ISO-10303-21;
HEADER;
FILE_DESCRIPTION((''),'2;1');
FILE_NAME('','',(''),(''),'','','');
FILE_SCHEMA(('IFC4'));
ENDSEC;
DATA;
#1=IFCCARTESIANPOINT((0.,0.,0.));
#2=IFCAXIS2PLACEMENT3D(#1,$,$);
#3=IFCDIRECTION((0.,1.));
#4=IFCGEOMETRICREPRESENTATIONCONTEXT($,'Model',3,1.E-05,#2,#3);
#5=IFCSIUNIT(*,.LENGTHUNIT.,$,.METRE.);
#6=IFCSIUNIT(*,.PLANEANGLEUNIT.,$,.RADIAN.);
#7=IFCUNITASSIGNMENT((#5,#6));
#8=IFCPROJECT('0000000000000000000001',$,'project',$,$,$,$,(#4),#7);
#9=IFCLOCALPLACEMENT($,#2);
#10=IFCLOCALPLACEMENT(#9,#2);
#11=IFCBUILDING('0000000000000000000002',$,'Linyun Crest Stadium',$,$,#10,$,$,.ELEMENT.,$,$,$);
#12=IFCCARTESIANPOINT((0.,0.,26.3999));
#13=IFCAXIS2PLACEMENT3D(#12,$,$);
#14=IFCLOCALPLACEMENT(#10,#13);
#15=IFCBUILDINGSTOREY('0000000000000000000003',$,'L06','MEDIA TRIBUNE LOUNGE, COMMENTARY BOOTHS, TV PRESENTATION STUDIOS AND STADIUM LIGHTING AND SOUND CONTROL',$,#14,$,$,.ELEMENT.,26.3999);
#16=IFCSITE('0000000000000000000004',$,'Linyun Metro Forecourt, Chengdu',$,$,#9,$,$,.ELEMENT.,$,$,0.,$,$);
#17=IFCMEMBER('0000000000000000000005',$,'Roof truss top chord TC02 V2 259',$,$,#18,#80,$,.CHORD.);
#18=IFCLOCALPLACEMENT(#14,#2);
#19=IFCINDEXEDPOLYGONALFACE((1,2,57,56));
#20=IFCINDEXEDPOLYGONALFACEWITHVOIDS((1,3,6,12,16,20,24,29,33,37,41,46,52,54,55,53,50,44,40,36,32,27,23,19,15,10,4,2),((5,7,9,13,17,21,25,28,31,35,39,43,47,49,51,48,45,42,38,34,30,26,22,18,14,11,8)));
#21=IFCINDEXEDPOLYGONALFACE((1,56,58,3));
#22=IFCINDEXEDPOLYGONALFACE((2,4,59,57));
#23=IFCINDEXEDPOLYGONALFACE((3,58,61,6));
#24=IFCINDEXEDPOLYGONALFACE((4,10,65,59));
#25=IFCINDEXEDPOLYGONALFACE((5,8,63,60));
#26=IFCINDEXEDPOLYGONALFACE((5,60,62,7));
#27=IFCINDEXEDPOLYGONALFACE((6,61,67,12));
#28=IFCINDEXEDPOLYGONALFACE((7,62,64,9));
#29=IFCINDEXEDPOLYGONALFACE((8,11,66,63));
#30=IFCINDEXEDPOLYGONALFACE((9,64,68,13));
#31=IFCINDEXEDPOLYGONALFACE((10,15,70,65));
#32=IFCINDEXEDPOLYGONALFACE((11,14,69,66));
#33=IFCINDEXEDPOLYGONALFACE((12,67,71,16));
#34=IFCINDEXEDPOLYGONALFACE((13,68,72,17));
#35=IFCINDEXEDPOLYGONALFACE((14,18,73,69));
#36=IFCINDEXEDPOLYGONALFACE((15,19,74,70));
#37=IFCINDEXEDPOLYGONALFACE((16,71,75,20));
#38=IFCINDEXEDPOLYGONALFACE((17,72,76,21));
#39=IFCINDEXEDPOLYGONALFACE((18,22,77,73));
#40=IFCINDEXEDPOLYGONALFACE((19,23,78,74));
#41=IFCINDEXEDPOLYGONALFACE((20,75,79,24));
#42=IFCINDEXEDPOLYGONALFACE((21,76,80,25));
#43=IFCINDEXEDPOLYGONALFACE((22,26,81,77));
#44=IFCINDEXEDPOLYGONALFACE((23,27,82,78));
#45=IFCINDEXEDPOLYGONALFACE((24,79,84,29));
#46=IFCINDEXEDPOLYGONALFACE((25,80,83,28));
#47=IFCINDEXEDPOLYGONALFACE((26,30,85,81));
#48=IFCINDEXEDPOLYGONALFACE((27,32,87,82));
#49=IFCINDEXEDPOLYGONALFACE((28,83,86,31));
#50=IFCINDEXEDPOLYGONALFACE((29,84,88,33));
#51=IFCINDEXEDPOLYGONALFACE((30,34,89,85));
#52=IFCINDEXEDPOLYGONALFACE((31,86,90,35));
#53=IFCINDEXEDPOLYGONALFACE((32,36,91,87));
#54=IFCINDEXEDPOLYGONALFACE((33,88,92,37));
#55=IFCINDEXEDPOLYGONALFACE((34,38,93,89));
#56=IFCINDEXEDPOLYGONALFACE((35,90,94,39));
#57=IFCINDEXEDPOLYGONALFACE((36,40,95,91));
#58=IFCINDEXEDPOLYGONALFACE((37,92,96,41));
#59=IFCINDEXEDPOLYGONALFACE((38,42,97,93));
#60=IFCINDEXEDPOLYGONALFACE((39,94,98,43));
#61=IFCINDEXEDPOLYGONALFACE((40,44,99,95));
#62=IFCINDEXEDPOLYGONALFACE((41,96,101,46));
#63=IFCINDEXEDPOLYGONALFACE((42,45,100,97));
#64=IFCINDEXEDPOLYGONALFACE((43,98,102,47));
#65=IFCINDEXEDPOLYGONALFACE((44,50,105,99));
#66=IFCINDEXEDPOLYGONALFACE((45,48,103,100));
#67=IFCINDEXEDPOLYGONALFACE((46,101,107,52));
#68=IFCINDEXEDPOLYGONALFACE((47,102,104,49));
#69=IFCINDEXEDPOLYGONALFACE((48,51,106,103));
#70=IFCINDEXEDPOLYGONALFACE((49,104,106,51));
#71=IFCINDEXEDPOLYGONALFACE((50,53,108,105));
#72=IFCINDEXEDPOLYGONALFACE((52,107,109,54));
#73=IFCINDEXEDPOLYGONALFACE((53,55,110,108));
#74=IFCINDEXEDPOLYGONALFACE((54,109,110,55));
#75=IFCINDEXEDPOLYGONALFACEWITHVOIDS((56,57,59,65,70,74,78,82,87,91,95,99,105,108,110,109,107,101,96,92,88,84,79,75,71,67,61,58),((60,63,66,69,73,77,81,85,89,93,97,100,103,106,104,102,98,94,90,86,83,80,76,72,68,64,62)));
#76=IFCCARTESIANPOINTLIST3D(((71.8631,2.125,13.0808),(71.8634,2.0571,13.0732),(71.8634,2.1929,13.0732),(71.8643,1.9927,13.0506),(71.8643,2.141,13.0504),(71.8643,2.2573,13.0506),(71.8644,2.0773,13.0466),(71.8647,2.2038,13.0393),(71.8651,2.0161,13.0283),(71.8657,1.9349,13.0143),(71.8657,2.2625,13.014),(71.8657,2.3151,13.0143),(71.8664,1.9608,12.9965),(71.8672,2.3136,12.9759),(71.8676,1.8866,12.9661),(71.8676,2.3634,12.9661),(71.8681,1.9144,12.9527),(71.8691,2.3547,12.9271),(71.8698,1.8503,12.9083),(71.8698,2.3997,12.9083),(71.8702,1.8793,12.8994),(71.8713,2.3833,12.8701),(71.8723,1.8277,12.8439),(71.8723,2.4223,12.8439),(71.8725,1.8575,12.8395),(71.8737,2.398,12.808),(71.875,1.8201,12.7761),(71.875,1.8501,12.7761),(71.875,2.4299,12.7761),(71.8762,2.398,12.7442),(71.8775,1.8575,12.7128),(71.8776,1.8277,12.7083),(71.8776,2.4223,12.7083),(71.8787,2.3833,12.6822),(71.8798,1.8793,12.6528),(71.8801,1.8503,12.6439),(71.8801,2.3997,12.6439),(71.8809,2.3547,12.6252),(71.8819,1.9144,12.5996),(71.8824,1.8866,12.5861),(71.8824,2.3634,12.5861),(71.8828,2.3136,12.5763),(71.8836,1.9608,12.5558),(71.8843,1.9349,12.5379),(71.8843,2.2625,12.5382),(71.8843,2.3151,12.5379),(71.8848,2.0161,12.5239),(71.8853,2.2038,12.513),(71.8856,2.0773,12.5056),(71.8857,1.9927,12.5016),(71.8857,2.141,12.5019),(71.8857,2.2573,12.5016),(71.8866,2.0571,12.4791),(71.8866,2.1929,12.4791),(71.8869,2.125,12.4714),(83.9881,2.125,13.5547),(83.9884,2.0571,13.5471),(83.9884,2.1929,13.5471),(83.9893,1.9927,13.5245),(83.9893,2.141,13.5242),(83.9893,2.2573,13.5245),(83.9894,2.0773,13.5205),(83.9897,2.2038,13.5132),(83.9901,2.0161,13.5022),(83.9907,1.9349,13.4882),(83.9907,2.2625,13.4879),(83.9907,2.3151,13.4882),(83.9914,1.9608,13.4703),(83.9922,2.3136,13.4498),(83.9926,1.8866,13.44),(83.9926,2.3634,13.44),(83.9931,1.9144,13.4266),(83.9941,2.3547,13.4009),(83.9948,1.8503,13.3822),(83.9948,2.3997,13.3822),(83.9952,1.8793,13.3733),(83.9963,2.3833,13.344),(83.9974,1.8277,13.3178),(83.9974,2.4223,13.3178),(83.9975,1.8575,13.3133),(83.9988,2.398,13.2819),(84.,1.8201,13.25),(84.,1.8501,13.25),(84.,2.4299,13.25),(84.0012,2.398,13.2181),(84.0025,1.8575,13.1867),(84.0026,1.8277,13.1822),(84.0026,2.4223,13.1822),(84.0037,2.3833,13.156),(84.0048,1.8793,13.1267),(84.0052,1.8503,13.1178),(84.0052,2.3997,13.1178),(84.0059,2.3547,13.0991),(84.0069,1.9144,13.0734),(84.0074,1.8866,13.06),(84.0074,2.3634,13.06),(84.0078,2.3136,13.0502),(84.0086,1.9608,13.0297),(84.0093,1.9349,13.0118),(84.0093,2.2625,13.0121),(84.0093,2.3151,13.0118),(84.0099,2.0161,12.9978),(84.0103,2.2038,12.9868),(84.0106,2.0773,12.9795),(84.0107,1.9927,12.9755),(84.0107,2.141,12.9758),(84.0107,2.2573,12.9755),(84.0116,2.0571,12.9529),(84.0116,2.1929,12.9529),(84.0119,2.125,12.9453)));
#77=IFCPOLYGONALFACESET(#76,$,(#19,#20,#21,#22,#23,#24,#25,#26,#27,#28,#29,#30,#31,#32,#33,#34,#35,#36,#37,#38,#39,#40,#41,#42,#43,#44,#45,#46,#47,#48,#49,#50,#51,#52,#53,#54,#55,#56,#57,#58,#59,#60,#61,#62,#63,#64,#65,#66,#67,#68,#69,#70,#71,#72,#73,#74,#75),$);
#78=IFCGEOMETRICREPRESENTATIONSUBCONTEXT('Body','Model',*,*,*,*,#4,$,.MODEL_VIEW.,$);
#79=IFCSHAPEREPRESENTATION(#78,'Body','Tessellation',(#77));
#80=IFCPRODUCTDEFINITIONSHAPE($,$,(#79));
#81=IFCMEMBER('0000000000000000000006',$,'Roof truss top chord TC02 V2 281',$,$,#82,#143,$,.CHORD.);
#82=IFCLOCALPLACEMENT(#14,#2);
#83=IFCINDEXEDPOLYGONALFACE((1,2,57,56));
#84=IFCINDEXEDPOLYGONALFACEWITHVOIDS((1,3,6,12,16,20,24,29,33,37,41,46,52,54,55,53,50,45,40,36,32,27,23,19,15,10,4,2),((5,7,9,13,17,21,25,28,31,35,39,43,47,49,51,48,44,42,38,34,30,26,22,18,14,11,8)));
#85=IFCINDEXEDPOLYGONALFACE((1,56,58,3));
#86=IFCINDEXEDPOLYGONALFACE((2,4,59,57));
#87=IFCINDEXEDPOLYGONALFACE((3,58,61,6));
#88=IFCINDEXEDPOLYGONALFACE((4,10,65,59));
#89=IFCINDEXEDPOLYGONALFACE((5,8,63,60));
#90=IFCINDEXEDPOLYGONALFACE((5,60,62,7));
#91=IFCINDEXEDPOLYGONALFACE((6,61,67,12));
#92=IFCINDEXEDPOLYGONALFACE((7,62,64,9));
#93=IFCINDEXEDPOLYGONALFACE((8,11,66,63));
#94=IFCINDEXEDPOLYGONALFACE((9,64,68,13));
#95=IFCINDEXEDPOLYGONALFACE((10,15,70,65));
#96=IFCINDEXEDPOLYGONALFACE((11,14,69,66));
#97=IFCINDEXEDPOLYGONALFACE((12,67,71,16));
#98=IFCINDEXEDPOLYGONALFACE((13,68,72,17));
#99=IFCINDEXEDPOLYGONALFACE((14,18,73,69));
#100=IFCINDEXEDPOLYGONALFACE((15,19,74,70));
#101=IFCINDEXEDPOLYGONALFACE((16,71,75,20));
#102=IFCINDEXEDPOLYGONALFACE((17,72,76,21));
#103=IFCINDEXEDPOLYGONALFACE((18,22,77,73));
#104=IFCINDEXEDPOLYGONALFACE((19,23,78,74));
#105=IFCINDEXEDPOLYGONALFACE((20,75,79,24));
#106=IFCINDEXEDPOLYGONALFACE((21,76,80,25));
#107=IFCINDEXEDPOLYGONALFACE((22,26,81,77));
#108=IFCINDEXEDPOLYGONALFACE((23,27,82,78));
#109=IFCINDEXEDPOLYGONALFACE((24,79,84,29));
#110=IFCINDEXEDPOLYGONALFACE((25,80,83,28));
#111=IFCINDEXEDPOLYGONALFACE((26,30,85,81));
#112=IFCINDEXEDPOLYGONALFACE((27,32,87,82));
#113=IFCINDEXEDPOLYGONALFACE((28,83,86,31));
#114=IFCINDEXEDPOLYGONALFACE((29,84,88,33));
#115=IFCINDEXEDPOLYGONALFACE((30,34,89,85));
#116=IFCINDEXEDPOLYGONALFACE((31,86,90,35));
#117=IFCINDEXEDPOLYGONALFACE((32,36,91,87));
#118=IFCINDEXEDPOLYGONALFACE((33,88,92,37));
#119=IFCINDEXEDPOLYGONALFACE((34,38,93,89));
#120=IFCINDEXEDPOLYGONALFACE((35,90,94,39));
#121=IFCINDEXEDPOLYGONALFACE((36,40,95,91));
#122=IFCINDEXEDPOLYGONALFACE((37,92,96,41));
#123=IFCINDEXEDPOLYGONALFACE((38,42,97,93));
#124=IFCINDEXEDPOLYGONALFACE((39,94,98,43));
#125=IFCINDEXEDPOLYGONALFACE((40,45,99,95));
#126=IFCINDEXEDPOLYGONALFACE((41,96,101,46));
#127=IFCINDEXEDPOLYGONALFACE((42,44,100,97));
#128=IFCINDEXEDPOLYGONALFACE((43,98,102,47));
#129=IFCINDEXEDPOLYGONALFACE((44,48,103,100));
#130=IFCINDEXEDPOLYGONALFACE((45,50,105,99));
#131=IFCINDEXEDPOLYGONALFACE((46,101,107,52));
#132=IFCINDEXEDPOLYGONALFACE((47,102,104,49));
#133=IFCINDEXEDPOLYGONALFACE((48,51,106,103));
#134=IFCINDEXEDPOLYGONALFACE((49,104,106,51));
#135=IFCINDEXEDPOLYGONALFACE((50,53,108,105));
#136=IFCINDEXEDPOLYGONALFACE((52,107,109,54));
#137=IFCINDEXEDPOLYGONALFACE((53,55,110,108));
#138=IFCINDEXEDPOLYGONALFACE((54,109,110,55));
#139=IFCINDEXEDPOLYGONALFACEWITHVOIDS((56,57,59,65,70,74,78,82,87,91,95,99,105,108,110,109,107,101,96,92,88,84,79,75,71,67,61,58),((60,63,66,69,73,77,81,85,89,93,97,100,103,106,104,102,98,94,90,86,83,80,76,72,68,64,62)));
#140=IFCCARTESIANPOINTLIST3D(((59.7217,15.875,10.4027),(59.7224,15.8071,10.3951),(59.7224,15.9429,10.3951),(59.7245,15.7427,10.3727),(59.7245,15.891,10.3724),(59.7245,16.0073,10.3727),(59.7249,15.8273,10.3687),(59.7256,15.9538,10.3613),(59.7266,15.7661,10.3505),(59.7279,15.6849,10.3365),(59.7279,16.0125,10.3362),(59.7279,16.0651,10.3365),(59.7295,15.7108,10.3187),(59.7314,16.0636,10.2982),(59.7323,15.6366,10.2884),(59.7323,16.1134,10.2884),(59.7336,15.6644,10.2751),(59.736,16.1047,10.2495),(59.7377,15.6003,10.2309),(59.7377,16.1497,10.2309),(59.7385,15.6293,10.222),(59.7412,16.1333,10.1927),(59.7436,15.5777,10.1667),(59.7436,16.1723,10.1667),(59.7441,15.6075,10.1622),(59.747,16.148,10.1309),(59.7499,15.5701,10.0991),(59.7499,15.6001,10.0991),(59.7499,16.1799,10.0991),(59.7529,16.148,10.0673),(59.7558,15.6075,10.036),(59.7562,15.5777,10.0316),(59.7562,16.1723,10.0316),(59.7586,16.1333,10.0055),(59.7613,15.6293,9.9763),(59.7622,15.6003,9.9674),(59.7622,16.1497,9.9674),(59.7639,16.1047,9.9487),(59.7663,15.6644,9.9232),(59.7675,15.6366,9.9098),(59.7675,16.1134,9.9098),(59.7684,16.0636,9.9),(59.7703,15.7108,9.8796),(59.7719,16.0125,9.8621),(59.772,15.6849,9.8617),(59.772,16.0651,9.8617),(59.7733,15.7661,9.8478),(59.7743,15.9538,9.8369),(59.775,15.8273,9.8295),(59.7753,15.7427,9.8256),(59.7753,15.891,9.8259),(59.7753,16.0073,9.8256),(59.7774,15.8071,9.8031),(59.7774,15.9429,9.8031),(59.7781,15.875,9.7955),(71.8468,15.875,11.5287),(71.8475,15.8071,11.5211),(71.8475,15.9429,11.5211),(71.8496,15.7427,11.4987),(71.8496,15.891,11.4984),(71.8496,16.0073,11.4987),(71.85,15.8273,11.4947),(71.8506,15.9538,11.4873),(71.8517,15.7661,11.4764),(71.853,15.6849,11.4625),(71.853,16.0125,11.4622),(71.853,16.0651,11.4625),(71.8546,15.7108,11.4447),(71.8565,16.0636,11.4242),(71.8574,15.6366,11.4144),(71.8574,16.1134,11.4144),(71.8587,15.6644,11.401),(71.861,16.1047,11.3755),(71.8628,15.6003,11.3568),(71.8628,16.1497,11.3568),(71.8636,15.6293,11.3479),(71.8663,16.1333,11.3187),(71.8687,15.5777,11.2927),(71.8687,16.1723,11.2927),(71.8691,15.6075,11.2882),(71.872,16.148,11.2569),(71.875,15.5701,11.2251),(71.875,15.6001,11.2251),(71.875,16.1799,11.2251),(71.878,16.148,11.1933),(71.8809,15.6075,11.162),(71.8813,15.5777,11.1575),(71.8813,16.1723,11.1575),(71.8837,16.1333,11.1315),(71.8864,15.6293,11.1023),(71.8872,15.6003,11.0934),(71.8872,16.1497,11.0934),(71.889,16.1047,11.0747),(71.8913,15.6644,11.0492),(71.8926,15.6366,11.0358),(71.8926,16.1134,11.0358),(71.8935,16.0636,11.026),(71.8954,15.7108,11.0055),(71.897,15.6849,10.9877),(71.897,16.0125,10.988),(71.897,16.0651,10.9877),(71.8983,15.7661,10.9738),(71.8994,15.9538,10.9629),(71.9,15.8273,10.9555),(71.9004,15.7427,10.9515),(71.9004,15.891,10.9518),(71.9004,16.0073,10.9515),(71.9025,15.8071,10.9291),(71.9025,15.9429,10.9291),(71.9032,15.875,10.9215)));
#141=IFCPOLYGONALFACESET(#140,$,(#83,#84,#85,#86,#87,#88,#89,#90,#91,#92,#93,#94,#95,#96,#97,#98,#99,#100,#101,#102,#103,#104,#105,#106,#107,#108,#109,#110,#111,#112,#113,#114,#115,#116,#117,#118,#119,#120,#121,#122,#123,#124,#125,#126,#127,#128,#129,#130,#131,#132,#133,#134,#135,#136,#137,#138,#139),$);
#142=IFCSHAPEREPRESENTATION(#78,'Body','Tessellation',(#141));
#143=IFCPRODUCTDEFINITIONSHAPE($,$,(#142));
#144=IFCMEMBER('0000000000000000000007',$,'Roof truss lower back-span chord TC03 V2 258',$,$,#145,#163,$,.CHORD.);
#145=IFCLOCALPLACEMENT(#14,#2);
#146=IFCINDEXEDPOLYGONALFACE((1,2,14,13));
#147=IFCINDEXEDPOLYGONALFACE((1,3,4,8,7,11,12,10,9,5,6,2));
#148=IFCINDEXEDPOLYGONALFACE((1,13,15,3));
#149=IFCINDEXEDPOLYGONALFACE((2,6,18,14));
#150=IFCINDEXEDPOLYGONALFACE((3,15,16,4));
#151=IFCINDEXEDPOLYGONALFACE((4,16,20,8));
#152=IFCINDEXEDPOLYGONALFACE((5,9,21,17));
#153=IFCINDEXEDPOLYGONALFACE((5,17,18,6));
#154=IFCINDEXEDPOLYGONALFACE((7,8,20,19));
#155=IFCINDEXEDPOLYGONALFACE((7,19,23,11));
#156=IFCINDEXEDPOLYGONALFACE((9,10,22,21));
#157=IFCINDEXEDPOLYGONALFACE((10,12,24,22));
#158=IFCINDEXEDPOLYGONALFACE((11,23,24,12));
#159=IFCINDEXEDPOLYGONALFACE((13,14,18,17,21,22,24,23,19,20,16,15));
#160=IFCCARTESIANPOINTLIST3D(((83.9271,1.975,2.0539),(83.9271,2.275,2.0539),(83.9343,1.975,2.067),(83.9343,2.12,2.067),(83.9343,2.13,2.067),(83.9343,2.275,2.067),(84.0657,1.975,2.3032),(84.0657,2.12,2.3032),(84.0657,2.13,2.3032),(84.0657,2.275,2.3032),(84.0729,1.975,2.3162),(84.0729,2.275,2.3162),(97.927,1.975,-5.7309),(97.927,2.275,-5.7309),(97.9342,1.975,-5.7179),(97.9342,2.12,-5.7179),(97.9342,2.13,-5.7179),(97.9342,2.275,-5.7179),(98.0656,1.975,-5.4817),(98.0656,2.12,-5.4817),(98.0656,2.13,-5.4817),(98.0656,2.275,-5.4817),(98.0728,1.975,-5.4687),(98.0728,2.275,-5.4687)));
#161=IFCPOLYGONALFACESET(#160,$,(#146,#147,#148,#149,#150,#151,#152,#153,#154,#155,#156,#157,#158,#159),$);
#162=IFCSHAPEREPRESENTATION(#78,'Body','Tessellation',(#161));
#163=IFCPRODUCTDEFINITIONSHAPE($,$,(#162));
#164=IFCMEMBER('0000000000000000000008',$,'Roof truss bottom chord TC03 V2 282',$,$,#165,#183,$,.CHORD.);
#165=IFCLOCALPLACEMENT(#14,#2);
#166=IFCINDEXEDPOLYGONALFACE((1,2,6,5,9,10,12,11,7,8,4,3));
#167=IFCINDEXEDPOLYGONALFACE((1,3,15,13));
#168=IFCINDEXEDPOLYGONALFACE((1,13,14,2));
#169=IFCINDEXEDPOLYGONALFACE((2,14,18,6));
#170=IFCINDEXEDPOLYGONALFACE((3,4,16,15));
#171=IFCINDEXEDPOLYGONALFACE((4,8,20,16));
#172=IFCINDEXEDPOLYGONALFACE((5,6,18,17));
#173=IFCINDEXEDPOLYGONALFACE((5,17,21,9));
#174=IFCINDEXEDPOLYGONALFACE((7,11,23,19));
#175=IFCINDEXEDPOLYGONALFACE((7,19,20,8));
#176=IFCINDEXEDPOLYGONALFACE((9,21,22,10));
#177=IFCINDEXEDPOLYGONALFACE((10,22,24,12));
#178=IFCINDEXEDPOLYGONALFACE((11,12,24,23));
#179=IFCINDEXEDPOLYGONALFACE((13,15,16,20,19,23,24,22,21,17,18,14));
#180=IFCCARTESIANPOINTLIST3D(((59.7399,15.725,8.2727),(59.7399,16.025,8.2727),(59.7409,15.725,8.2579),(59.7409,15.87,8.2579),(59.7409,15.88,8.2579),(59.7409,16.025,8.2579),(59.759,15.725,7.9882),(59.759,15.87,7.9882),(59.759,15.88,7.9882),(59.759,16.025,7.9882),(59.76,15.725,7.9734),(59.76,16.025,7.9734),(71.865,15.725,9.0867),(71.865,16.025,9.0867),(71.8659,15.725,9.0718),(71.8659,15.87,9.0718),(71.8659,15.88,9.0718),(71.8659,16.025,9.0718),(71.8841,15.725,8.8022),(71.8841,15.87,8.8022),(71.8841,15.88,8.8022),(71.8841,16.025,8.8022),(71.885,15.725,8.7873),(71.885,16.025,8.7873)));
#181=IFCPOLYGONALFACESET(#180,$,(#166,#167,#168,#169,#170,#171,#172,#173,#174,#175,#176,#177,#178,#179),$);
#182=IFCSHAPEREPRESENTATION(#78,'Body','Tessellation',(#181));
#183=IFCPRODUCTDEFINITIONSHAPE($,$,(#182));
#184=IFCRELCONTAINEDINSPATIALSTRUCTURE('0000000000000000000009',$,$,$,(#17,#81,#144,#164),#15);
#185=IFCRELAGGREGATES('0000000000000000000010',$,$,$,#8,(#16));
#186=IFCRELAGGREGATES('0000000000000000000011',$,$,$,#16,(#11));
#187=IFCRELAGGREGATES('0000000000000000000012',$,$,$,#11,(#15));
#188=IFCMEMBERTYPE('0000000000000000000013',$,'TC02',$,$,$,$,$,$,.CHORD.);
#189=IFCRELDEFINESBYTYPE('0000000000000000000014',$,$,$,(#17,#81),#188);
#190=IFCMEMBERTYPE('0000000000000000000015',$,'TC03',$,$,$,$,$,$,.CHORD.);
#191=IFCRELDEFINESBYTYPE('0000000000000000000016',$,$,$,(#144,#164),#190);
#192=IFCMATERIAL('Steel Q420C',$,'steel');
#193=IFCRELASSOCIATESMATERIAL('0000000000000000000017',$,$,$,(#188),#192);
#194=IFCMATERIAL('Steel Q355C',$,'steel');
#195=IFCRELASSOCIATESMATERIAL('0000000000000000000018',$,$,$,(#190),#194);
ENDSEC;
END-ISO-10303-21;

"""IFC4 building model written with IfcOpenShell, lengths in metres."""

from ifc_helpers import new_model, si_unit, direction, frame, origin, origin_2d, place, context, subcontext, project, spatial, hollow_circle, i_section, extrude, material, material_profile, profile_set, type_object, element, save


model = new_model("IFC4")

# Units and contexts
model_context = context("Model", 3, precision=1e-05, world=origin(), true_north=direction((0.0, 1.0)))
body_context = subcontext(model_context, "Body", "Model", "MODEL_VIEW")
ifc_project = project(units=[si_unit("LENGTHUNIT", "METRE"), si_unit("PLANEANGLEUNIT", "RADIAN")], contexts=[model_context])

# Site, building, storey
site_placement = place(None, origin())
site = spatial("IfcSite", under=ifc_project, at=site_placement, Name="Linyun Metro Forecourt, Chengdu", CompositionType="ELEMENT", RefElevation=0.0)
building_placement = place(site_placement, origin())
building = spatial("IfcBuilding", under=site, at=building_placement, Name="Linyun Crest Stadium", CompositionType="ELEMENT")
storey_placement = place(building_placement, frame((0.0, 0.0, 26.3999)))
storey = spatial("IfcBuildingStorey", under=building, at=storey_placement, Name="L06", Description="MEDIA TRIBUNE LOUNGE, COMMENTARY BOOTHS, TV PRESENTATION STUDIOS AND STADIUM LIGHTING AND SOUND CONTROL", CompositionType="ELEMENT", Elevation=26.3999)

# Members
ifc_material_1 = material(Name="Steel Q420C", Category="steel")
ifc_material_profile_1 = material_profile(ifc_material_1, hollow_circle(Radius=0.3049, WallThickness=0.03, at=origin_2d()), Name="CHS 610x30")
ifc_profile_set_1 = profile_set([ifc_material_profile_1], Name="Steel Q420C")
member_type_1 = type_object("IfcMemberType", Name="TC02", PredefinedType="CHORD", material=ifc_profile_set_1)
member_1_placement = place(storey_placement, frame((84.0, 2.125, 13.25), z_axis=(-0.999237, 0.0, -0.039053), x_axis=(0.0, -1.0, 0.0)))
element("IfcMember", 1, at=member_1_placement, inside=storey, type_object=member_type_1, Name="Roof truss top chord TC02 V2 259", PredefinedType="CHORD", context=body_context, shape_type="SweptSolid", body=[
    extrude(hollow_circle(Radius=0.3049, WallThickness=0.03, at=origin_2d()), origin(), (0.0, 0.0, 1.0), 12.1343),
])
member_2_placement = place(storey_placement, frame((71.875, 15.875, 11.2251), z_axis=(-0.995716, 0.0, -0.092466), x_axis=(0.0, -1.0, 0.0)))
element("IfcMember", 2, at=member_2_placement, inside=storey, type_object=member_type_1, Name="Roof truss top chord TC02 V2 281", PredefinedType="CHORD", context=body_context, shape_type="SweptSolid", body=[
    extrude(hollow_circle(Radius=0.3049, WallThickness=0.03, at=origin_2d()), origin(), (0.0, 0.0, 1.0), 12.1772),
])
ifc_material_2 = material(Name="Steel Q355C", Category="steel")
ifc_material_profile_2 = material_profile(ifc_material_2, i_section(OverallWidth=0.3, OverallDepth=0.3, WebThickness=0.01, FlangeThickness=0.0149, at=origin_2d()), Name="HW 300x300")
ifc_profile_set_2 = profile_set([ifc_material_profile_2], Name="Steel Q355C")
member_type_2 = type_object("IfcMemberType", Name="TC03", PredefinedType="CHORD", material=ifc_profile_set_2)
member_3_placement = place(storey_placement, frame((84.0, 2.125, 2.1851), z_axis=(0.873968, 0.0, -0.485983), x_axis=(0.0, 1.0, 0.0)))
element("IfcMember", 3, at=member_3_placement, inside=storey, type_object=member_type_2, Name="Roof truss lower back-span chord TC03 V2 258", PredefinedType="CHORD", context=body_context, shape_type="SweptSolid", body=[
    extrude(i_section(OverallWidth=0.3, OverallDepth=0.3, WebThickness=0.01, FlangeThickness=0.0149, at=origin_2d()), origin(), (0.0, 0.0, 1.0), 16.0188),
])
member_4_placement = place(storey_placement, frame((71.875, 15.875, 8.937), z_axis=(-0.997754, 0.0, -0.06698), x_axis=(0.0, -1.0, 0.0)))
element("IfcMember", 4, at=member_4_placement, inside=storey, type_object=member_type_2, Name="Roof truss bottom chord TC03 V2 282", PredefinedType="CHORD", context=body_context, shape_type="SweptSolid", body=[
    extrude(i_section(OverallWidth=0.3, OverallDepth=0.3, WebThickness=0.01, FlangeThickness=0.0149, at=origin_2d()), origin(), (0.0, 0.0, 1.0), 12.1523),
])

save(model, "model.ifc")
